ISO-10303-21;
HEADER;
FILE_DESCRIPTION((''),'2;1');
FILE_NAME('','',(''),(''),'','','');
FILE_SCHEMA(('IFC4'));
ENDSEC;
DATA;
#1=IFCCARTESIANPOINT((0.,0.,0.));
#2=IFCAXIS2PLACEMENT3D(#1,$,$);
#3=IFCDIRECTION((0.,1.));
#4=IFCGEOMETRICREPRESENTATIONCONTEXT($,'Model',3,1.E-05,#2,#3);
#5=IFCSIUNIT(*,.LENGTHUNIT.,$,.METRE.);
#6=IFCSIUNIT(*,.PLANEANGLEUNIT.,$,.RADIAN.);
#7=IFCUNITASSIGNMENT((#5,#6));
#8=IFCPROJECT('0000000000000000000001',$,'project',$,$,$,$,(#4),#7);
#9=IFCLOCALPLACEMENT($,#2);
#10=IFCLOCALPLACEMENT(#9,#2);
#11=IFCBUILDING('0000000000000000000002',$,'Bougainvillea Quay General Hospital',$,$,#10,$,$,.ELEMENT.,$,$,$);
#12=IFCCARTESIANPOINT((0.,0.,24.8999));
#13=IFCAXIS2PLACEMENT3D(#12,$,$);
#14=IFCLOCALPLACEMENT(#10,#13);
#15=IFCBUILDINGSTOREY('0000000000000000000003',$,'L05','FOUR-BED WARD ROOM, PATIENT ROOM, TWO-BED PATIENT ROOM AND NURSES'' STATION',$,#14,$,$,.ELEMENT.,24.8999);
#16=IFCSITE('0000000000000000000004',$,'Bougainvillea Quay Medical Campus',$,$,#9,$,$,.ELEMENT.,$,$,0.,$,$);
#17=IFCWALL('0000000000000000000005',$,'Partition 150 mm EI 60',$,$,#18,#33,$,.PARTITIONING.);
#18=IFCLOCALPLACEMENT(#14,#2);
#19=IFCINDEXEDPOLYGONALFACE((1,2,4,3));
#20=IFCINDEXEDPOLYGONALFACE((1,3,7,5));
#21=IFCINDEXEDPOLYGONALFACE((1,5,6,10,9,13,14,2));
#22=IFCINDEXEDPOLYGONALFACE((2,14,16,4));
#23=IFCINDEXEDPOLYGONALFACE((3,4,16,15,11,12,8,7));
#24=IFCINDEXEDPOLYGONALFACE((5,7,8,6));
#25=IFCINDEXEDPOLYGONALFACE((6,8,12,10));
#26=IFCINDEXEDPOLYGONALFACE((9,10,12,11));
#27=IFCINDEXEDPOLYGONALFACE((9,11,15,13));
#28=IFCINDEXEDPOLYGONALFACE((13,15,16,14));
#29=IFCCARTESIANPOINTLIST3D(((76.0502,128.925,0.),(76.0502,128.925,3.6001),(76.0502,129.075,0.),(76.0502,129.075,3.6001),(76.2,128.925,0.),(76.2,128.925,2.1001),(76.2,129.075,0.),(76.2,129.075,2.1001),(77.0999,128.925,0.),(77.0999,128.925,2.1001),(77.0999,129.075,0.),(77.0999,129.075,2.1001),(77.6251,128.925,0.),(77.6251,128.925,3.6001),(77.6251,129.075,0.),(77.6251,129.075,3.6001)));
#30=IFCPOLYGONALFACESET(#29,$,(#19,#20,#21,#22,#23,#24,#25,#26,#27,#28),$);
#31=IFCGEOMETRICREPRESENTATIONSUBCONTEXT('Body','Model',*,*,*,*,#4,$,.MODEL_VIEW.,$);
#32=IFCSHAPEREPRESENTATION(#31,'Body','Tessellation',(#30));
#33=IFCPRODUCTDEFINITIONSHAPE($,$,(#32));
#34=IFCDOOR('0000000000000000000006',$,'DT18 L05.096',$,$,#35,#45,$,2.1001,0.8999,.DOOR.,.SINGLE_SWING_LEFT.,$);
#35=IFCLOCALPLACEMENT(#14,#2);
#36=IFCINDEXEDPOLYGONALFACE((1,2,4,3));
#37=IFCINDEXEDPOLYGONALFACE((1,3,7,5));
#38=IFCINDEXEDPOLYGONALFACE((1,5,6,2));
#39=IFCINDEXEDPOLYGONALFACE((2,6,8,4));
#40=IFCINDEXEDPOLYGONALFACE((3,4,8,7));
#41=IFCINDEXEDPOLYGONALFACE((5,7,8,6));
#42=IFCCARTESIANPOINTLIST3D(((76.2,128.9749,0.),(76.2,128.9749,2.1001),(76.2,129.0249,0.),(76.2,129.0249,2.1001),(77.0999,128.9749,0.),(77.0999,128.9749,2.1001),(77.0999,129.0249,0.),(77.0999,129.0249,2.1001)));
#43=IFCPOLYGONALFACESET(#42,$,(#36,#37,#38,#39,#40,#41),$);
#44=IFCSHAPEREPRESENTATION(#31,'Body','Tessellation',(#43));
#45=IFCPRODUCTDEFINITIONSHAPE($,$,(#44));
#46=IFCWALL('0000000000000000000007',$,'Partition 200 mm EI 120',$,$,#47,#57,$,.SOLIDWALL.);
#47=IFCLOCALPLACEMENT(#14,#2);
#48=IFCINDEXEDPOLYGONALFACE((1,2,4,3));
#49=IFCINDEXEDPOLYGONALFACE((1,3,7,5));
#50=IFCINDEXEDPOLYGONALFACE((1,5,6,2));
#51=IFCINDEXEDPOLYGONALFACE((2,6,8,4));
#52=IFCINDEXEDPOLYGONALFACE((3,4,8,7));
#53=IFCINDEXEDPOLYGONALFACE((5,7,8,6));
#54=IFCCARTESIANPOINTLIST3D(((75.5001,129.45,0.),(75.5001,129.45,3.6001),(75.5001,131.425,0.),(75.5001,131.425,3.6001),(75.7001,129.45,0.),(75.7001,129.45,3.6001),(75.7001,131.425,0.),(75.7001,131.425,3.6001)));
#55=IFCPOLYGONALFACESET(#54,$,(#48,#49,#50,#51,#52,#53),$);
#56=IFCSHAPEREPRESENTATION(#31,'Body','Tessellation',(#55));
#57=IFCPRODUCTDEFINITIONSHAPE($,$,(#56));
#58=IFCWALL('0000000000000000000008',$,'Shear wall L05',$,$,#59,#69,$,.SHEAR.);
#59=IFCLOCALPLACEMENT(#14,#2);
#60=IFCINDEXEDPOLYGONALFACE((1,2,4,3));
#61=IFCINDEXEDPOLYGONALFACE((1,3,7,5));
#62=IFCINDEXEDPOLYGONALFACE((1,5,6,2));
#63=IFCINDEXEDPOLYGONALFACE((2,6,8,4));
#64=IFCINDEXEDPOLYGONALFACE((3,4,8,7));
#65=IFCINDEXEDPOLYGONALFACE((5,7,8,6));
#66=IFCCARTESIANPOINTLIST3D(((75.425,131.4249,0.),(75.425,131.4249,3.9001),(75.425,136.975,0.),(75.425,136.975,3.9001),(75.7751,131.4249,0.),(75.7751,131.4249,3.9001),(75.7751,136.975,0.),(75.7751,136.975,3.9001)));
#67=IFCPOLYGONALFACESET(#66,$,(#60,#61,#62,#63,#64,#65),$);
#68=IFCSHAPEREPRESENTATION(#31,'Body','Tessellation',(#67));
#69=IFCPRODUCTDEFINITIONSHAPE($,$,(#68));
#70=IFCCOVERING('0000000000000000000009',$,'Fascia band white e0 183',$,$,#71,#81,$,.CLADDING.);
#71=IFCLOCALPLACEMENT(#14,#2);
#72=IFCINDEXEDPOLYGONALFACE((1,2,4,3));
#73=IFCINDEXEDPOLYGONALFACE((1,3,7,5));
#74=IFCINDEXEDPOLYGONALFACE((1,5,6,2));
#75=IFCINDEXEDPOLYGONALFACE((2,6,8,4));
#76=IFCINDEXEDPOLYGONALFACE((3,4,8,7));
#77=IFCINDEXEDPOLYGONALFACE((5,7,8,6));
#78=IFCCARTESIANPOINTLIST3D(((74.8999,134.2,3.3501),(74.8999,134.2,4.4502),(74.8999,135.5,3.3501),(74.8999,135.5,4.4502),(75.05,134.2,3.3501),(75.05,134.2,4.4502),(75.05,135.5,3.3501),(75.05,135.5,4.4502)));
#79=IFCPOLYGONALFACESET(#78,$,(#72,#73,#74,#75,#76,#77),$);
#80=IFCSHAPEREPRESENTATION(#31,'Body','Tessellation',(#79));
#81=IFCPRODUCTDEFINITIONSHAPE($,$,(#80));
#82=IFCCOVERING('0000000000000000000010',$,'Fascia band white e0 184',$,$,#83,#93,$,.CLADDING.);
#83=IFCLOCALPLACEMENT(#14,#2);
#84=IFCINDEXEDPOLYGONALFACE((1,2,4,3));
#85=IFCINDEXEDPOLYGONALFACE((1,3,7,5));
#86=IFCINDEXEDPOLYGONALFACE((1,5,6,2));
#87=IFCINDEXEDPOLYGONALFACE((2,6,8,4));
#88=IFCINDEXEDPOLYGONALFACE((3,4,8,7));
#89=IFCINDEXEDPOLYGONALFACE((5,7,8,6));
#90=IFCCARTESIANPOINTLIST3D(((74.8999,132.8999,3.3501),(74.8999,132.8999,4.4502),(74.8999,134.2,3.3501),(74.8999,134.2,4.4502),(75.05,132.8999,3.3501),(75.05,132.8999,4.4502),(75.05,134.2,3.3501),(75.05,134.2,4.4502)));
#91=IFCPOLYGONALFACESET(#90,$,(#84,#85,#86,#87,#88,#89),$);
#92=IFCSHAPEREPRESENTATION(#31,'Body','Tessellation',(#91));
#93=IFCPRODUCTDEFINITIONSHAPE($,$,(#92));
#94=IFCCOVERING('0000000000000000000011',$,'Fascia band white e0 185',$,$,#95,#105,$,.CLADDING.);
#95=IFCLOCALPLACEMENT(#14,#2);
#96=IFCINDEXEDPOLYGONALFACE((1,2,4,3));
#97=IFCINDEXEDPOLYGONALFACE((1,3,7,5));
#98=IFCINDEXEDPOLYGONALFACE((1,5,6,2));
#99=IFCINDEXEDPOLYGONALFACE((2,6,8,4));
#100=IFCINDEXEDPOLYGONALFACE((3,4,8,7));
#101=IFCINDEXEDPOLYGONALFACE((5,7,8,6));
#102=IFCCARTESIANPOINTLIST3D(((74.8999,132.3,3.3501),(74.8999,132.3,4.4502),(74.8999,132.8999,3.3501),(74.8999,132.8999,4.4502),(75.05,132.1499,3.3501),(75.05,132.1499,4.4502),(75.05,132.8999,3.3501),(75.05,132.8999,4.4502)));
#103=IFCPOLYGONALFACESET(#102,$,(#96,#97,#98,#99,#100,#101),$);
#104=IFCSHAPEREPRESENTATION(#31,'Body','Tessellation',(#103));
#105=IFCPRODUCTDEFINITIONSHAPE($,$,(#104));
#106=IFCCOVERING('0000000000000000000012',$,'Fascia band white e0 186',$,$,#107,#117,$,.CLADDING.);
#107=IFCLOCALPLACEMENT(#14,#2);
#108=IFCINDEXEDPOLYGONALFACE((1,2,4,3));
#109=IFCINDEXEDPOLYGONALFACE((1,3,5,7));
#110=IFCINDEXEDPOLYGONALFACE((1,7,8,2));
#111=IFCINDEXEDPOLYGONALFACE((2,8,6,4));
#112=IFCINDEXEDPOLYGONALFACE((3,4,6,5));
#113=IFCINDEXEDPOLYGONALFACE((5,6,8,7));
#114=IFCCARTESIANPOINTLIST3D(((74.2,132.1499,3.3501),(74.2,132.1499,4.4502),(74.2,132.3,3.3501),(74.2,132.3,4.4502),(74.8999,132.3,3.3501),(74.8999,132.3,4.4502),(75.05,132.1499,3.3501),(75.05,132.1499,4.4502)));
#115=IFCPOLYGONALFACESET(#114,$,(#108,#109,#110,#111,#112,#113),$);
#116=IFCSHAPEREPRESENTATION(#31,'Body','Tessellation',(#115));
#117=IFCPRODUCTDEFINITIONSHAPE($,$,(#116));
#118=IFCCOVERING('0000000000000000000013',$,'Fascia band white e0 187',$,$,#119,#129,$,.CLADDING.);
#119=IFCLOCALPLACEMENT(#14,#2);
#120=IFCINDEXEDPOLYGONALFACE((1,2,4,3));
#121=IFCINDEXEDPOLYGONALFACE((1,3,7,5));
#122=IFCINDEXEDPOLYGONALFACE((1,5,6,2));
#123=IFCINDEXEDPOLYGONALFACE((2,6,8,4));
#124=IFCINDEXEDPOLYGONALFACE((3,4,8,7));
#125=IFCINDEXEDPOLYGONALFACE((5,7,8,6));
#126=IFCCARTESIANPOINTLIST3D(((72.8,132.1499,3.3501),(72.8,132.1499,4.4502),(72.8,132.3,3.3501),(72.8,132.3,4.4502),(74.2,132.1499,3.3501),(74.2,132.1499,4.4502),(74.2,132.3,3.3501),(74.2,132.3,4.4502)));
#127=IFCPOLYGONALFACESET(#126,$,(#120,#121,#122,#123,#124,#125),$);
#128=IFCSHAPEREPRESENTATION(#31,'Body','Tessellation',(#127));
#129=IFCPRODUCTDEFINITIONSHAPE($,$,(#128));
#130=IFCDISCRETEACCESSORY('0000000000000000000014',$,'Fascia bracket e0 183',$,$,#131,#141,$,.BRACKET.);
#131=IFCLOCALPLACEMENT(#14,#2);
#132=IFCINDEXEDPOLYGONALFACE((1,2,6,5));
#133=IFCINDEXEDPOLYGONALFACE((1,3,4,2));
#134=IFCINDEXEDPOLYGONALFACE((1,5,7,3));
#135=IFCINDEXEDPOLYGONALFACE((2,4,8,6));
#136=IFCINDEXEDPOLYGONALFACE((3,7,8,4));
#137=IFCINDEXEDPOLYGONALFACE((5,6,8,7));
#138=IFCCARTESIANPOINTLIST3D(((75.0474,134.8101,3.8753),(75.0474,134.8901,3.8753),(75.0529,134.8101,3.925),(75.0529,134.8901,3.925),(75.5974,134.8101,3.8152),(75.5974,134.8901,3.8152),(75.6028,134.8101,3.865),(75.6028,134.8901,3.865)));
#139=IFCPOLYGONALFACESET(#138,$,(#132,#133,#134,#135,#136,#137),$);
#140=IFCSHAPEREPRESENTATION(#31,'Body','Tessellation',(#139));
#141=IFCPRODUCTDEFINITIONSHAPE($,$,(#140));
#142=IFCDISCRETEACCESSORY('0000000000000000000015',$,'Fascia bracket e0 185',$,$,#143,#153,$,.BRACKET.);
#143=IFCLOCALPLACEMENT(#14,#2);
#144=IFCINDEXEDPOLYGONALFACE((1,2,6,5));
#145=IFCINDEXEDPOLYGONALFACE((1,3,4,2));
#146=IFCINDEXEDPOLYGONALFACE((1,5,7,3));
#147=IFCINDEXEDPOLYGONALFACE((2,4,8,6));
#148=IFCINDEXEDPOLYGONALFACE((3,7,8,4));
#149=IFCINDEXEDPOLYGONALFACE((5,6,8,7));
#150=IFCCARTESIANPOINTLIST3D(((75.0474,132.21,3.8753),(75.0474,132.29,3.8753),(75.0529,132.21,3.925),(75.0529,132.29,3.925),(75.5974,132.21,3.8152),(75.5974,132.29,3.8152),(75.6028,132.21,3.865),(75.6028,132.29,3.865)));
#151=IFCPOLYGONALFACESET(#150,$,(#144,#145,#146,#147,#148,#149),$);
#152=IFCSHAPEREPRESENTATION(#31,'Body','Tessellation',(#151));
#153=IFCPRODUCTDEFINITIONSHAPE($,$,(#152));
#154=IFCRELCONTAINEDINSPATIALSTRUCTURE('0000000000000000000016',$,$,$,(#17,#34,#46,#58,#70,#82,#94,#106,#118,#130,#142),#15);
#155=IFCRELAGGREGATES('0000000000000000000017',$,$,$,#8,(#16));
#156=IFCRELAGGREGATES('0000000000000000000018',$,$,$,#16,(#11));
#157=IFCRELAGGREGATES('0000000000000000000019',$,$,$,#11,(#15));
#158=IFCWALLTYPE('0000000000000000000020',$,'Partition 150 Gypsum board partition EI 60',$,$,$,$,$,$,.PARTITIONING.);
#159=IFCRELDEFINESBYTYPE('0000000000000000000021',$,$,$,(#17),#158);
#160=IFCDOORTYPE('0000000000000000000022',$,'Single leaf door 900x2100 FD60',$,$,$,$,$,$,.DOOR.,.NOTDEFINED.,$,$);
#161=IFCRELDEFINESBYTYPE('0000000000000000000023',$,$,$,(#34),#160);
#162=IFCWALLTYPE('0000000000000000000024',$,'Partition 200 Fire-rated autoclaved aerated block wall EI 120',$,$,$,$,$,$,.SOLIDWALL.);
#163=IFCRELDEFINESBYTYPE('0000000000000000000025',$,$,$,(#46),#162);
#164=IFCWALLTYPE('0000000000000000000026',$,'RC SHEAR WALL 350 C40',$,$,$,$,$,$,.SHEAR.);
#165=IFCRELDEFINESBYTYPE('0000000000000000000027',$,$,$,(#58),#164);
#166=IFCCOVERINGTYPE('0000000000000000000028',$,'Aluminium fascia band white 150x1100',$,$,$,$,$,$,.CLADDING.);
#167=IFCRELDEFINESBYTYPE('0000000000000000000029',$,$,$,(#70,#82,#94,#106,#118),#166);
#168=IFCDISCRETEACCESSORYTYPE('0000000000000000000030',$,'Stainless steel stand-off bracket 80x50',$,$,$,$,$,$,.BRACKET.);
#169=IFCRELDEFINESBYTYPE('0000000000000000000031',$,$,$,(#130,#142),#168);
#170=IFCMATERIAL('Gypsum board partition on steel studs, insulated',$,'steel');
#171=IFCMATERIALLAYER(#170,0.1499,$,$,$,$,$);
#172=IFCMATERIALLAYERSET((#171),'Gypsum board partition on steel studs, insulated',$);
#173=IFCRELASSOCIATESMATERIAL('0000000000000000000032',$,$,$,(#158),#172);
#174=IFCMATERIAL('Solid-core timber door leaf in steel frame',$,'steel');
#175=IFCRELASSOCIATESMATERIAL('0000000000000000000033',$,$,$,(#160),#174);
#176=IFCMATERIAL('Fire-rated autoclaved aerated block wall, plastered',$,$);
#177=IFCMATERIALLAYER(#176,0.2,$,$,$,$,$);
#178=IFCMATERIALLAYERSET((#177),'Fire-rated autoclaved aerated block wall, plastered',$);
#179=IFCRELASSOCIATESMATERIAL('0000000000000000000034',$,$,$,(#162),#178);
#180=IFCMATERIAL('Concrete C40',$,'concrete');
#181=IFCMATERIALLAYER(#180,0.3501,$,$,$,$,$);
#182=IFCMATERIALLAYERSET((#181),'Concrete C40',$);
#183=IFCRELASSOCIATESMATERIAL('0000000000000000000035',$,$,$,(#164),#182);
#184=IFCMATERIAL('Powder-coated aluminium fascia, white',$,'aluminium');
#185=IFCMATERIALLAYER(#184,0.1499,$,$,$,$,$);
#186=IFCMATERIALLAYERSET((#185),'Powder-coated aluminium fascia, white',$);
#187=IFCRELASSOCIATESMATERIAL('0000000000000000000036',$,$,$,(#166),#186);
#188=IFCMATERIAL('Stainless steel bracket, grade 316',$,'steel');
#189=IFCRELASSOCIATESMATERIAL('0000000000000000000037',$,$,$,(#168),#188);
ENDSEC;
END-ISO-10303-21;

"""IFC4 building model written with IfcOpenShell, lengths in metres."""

from ifc_helpers import new_model, si_unit, direction, frame, frame_2d, origin, origin_2d, place, context, subcontext, project, spatial, polyline, rectangle, outline, extrude, material, layer, layer_set, material_profile, profile_set, type_object, element, fill, save


model = new_model("IFC4")

# Units and contexts
model_context = context("Model", 3, precision=1e-05, world=origin(), true_north=direction((0.0, 1.0)))
body_context = subcontext(model_context, "Body", "Model", "MODEL_VIEW")
ifc_project = project(units=[si_unit("LENGTHUNIT", "METRE"), si_unit("PLANEANGLEUNIT", "RADIAN")], contexts=[model_context])

# Site, building, storey
site_placement = place(None, origin())
site = spatial("IfcSite", under=ifc_project, at=site_placement, Name="Bougainvillea Quay Medical Campus", CompositionType="ELEMENT", RefElevation=0.0)
building_placement = place(site_placement, origin())
building = spatial("IfcBuilding", under=site, at=building_placement, Name="Bougainvillea Quay General Hospital", CompositionType="ELEMENT")
storey_placement = place(building_placement, frame((0.0, 0.0, 24.8999)))
storey = spatial("IfcBuildingStorey", under=building, at=storey_placement, Name="L05", Description="FOUR-BED WARD ROOM, PATIENT ROOM, TWO-BED PATIENT ROOM AND NURSES' STATION", CompositionType="ELEMENT", Elevation=24.8999)

# Shared definitions
ifc_material_1 = material(Name="Concrete C40", Category="concrete")

# Shared definitions
ifc_material_2 = material(Name="Gypsum board partition on steel studs, insulated", Category="steel")

# Wall, opening, door
ifc_layer_1 = layer(ifc_material_2, 0.1499)
ifc_layer_set_1 = layer_set([ifc_layer_1], Name="Gypsum board partition on steel studs, insulated")
wall_type_1 = type_object("IfcWallType", Name="Partition 150 Gypsum board partition EI 60", PredefinedType="PARTITIONING", material=ifc_layer_set_1)
wall_1_placement = place(storey_placement, frame((76.05, 129.0, 0.0), z_axis=(0.0, 0.0, 1.0), x_axis=(1.0, 0.0, 0.0)))
wall_1 = element("IfcWall", 1, at=wall_1_placement, inside=storey, type_object=wall_type_1, Name="Partition 150 mm EI 60", PredefinedType="PARTITIONING", context=body_context, shape_type="SweptSolid", body=[
    extrude(rectangle(XDim=1.575, YDim=0.1499, at=frame_2d((0.7876, 0.0))), origin(), (0.0, 0.0, 1.0), 3.6001),
])
opening_placement = place(wall_1_placement, frame((0.1499, 0.0, 0.0)))
opening = element("IfcOpeningElement", 2, at=opening_placement, cuts=wall_1, PredefinedType="OPENING", context=body_context, shape_type="SweptSolid", body=[
    extrude(rectangle(XDim=0.8999, YDim=2.1001, at=frame_2d((0.45, 1.05))), frame((0.0, 0.085, 0.0), z_axis=(0.0, -1.0, 0.0), x_axis=(1.0, 0.0, 0.0)), (0.0, 0.0, 1.0), 0.1699),
])
ifc_material_3 = material(Name="Solid-core timber door leaf in steel frame", Category="steel")
door_type = type_object("IfcDoorType", Name="Single leaf door 900x2100 FD60", OperationType="NOTDEFINED", PredefinedType="DOOR", material=ifc_material_3)
door_placement = place(opening_placement, origin())
door = element("IfcDoor", 3, at=door_placement, inside=storey, type_object=door_type, Name="DT18 L05.096", OperationType="SINGLE_SWING_LEFT", OverallHeight=2.1001, OverallWidth=0.8999, PredefinedType="DOOR", context=body_context, shape_type="SweptSolid", body=[
    extrude(rectangle(XDim=0.8999, YDim=2.1001, at=frame_2d((0.45, 1.05))), frame((0.0, 0.0249, 0.0), z_axis=(0.0, -1.0, 0.0), x_axis=(1.0, 0.0, 0.0)), (0.0, 0.0, 1.0), 0.05),
])
fill(opening, door)

# Walls
ifc_material_4 = material(Name="Fire-rated autoclaved aerated block wall, plastered")
ifc_layer_2 = layer(ifc_material_4, 0.2)
ifc_layer_set_2 = layer_set([ifc_layer_2], Name="Fire-rated autoclaved aerated block wall, plastered")
wall_type_2 = type_object("IfcWallType", Name="Partition 200 Fire-rated autoclaved aerated block wall EI 120", PredefinedType="SOLIDWALL", material=ifc_layer_set_2)
wall_2_placement = place(storey_placement, frame((75.6001, 131.425, 0.0), z_axis=(0.0, 0.0, 1.0), x_axis=(0.0, -1.0, 0.0)))
element("IfcWall", 4, at=wall_2_placement, inside=storey, type_object=wall_type_2, Name="Partition 200 mm EI 120", PredefinedType="SOLIDWALL", context=body_context, shape_type="SweptSolid", body=[
    extrude(rectangle(XDim=1.9751, YDim=0.2, at=frame_2d((0.9875, 0.0))), origin(), (0.0, 0.0, 1.0), 3.6001),
])
ifc_layer_3 = layer(ifc_material_1, 0.3501)
ifc_layer_set_3 = layer_set([ifc_layer_3], Name="Concrete C40")
wall_type_3 = type_object("IfcWallType", Name="RC SHEAR WALL 350 C40", PredefinedType="SHEAR", material=ifc_layer_set_3)
wall_3_placement = place(storey_placement, frame((75.6001, 131.425, 0.0), z_axis=(0.0, 0.0, 1.0), x_axis=(0.0, 1.0, 0.0)))
element("IfcWall", 5, at=wall_3_placement, inside=storey, type_object=wall_type_3, Name="Shear wall L05", PredefinedType="SHEAR", context=body_context, shape_type="SweptSolid", body=[
    extrude(rectangle(XDim=5.55, YDim=0.3501, at=frame_2d((2.7749, 0.0))), origin(), (0.0, 0.0, 1.0), 3.9001),
])

# Coverings
ifc_material_5 = material(Name="Powder-coated aluminium fascia, white", Category="aluminium")
ifc_layer_4 = layer(ifc_material_5, 0.1499)
ifc_layer_set_4 = layer_set([ifc_layer_4], Name="Powder-coated aluminium fascia, white")
covering_type = type_object("IfcCoveringType", Name="Aluminium fascia band white 150x1100", PredefinedType="CLADDING", material=ifc_layer_set_4)
for number, where, z_axis, x_axis, name in (
    (6, (75.05, 135.5, 3.3501), (0.0, 0.0, 1.0), (0.0, -1.0, 0.0), "Fascia band white e0 183"),
    (7, (75.05, 134.2, 3.3501), (0.0, 0.0, 1.0), (0.0, -1.0, 0.0), "Fascia band white e0 184"),
):
    element("IfcCovering", number, at=place(storey_placement, frame(where, z_axis=z_axis, x_axis=x_axis)), inside=storey, type_object=covering_type, Name=name, PredefinedType="CLADDING", context=body_context, shape_type="SweptSolid", body=[
        extrude(outline(polyline([(0.0, 0.0), (1.3, 0.0), (1.3, -0.1501), (0.0, -0.1501), (0.0, 0.0)])), origin(), (0.0, 0.0, 1.0), 1.1001),
    ])
covering_1_placement = place(storey_placement, frame((75.05, 132.8999, 3.3501), z_axis=(0.0, 0.0, 1.0), x_axis=(0.0, -1.0, 0.0)))
element("IfcCovering", 8, at=covering_1_placement, inside=storey, type_object=covering_type, Name="Fascia band white e0 185", PredefinedType="CLADDING", context=body_context, shape_type="SweptSolid", body=[
    extrude(outline(polyline([(0.0, 0.0), (0.75, 0.0), (0.5999, -0.1501), (0.0, -0.1501), (0.0, 0.0)])), origin(), (0.0, 0.0, 1.0), 1.1001),
])
covering_2_placement = place(storey_placement, frame((75.05, 132.1499, 3.3501), z_axis=(0.0, 0.0, 1.0), x_axis=(-1.0, 0.0, 0.0)))
element("IfcCovering", 9, at=covering_2_placement, inside=storey, type_object=covering_type, Name="Fascia band white e0 186", PredefinedType="CLADDING", context=body_context, shape_type="SweptSolid", body=[
    extrude(outline(polyline([(0.0, 0.0), (0.8501, 0.0), (0.8501, -0.1501), (0.1501, -0.1501), (0.0, 0.0)])), origin(), (0.0, 0.0, 1.0), 1.1001),
])
covering_3_placement = place(storey_placement, frame((74.2, 132.1499, 3.3501), z_axis=(0.0, 0.0, 1.0), x_axis=(-1.0, 0.0, 0.0)))
element("IfcCovering", 10, at=covering_3_placement, inside=storey, type_object=covering_type, Name="Fascia band white e0 187", PredefinedType="CLADDING", context=body_context, shape_type="SweptSolid", body=[
    extrude(outline(polyline([(0.0, 0.0), (1.3999, 0.0), (1.3999, -0.1501), (0.0, -0.1501), (0.0, 0.0)])), origin(), (0.0, 0.0, 1.0), 1.1001),
])

# Discrete accessories
ifc_material_6 = material(Name="Stainless steel bracket, grade 316", Category="steel")
ifc_material_profile_1 = material_profile(ifc_material_6, rectangle(XDim=0.0801, YDim=0.05, at=origin_2d()))
ifc_profile_set_1 = profile_set([ifc_material_profile_1], Name="Stainless steel bracket, grade 316")
discrete_accessory_type = type_object("IfcDiscreteAccessoryType", Name="Stainless steel stand-off bracket 80x50", PredefinedType="BRACKET", material=ifc_profile_set_1)
for number, where, z_axis, x_axis, name in (
    (11, (75.6001, 134.8501, 3.8401), (-0.994092, 0.0, 0.108543), (0.0, -1.0, 0.0), "Fascia bracket e0 183"),
    (12, (75.6001, 132.25, 3.8401), (-0.994092, 0.0, 0.108543), (0.0, -1.0, 0.0), "Fascia bracket e0 185"),
):
    element("IfcDiscreteAccessory", number, at=place(storey_placement, frame(where, z_axis=z_axis, x_axis=x_axis)), inside=storey, type_object=discrete_accessory_type, Name=name, PredefinedType="BRACKET", context=body_context, shape_type="SweptSolid", body=[
        extrude(rectangle(XDim=0.0801, YDim=0.05, at=origin_2d()), origin(), (0.0, 0.0, 1.0), 0.5532),
    ])

save(model, "model.ifc")
